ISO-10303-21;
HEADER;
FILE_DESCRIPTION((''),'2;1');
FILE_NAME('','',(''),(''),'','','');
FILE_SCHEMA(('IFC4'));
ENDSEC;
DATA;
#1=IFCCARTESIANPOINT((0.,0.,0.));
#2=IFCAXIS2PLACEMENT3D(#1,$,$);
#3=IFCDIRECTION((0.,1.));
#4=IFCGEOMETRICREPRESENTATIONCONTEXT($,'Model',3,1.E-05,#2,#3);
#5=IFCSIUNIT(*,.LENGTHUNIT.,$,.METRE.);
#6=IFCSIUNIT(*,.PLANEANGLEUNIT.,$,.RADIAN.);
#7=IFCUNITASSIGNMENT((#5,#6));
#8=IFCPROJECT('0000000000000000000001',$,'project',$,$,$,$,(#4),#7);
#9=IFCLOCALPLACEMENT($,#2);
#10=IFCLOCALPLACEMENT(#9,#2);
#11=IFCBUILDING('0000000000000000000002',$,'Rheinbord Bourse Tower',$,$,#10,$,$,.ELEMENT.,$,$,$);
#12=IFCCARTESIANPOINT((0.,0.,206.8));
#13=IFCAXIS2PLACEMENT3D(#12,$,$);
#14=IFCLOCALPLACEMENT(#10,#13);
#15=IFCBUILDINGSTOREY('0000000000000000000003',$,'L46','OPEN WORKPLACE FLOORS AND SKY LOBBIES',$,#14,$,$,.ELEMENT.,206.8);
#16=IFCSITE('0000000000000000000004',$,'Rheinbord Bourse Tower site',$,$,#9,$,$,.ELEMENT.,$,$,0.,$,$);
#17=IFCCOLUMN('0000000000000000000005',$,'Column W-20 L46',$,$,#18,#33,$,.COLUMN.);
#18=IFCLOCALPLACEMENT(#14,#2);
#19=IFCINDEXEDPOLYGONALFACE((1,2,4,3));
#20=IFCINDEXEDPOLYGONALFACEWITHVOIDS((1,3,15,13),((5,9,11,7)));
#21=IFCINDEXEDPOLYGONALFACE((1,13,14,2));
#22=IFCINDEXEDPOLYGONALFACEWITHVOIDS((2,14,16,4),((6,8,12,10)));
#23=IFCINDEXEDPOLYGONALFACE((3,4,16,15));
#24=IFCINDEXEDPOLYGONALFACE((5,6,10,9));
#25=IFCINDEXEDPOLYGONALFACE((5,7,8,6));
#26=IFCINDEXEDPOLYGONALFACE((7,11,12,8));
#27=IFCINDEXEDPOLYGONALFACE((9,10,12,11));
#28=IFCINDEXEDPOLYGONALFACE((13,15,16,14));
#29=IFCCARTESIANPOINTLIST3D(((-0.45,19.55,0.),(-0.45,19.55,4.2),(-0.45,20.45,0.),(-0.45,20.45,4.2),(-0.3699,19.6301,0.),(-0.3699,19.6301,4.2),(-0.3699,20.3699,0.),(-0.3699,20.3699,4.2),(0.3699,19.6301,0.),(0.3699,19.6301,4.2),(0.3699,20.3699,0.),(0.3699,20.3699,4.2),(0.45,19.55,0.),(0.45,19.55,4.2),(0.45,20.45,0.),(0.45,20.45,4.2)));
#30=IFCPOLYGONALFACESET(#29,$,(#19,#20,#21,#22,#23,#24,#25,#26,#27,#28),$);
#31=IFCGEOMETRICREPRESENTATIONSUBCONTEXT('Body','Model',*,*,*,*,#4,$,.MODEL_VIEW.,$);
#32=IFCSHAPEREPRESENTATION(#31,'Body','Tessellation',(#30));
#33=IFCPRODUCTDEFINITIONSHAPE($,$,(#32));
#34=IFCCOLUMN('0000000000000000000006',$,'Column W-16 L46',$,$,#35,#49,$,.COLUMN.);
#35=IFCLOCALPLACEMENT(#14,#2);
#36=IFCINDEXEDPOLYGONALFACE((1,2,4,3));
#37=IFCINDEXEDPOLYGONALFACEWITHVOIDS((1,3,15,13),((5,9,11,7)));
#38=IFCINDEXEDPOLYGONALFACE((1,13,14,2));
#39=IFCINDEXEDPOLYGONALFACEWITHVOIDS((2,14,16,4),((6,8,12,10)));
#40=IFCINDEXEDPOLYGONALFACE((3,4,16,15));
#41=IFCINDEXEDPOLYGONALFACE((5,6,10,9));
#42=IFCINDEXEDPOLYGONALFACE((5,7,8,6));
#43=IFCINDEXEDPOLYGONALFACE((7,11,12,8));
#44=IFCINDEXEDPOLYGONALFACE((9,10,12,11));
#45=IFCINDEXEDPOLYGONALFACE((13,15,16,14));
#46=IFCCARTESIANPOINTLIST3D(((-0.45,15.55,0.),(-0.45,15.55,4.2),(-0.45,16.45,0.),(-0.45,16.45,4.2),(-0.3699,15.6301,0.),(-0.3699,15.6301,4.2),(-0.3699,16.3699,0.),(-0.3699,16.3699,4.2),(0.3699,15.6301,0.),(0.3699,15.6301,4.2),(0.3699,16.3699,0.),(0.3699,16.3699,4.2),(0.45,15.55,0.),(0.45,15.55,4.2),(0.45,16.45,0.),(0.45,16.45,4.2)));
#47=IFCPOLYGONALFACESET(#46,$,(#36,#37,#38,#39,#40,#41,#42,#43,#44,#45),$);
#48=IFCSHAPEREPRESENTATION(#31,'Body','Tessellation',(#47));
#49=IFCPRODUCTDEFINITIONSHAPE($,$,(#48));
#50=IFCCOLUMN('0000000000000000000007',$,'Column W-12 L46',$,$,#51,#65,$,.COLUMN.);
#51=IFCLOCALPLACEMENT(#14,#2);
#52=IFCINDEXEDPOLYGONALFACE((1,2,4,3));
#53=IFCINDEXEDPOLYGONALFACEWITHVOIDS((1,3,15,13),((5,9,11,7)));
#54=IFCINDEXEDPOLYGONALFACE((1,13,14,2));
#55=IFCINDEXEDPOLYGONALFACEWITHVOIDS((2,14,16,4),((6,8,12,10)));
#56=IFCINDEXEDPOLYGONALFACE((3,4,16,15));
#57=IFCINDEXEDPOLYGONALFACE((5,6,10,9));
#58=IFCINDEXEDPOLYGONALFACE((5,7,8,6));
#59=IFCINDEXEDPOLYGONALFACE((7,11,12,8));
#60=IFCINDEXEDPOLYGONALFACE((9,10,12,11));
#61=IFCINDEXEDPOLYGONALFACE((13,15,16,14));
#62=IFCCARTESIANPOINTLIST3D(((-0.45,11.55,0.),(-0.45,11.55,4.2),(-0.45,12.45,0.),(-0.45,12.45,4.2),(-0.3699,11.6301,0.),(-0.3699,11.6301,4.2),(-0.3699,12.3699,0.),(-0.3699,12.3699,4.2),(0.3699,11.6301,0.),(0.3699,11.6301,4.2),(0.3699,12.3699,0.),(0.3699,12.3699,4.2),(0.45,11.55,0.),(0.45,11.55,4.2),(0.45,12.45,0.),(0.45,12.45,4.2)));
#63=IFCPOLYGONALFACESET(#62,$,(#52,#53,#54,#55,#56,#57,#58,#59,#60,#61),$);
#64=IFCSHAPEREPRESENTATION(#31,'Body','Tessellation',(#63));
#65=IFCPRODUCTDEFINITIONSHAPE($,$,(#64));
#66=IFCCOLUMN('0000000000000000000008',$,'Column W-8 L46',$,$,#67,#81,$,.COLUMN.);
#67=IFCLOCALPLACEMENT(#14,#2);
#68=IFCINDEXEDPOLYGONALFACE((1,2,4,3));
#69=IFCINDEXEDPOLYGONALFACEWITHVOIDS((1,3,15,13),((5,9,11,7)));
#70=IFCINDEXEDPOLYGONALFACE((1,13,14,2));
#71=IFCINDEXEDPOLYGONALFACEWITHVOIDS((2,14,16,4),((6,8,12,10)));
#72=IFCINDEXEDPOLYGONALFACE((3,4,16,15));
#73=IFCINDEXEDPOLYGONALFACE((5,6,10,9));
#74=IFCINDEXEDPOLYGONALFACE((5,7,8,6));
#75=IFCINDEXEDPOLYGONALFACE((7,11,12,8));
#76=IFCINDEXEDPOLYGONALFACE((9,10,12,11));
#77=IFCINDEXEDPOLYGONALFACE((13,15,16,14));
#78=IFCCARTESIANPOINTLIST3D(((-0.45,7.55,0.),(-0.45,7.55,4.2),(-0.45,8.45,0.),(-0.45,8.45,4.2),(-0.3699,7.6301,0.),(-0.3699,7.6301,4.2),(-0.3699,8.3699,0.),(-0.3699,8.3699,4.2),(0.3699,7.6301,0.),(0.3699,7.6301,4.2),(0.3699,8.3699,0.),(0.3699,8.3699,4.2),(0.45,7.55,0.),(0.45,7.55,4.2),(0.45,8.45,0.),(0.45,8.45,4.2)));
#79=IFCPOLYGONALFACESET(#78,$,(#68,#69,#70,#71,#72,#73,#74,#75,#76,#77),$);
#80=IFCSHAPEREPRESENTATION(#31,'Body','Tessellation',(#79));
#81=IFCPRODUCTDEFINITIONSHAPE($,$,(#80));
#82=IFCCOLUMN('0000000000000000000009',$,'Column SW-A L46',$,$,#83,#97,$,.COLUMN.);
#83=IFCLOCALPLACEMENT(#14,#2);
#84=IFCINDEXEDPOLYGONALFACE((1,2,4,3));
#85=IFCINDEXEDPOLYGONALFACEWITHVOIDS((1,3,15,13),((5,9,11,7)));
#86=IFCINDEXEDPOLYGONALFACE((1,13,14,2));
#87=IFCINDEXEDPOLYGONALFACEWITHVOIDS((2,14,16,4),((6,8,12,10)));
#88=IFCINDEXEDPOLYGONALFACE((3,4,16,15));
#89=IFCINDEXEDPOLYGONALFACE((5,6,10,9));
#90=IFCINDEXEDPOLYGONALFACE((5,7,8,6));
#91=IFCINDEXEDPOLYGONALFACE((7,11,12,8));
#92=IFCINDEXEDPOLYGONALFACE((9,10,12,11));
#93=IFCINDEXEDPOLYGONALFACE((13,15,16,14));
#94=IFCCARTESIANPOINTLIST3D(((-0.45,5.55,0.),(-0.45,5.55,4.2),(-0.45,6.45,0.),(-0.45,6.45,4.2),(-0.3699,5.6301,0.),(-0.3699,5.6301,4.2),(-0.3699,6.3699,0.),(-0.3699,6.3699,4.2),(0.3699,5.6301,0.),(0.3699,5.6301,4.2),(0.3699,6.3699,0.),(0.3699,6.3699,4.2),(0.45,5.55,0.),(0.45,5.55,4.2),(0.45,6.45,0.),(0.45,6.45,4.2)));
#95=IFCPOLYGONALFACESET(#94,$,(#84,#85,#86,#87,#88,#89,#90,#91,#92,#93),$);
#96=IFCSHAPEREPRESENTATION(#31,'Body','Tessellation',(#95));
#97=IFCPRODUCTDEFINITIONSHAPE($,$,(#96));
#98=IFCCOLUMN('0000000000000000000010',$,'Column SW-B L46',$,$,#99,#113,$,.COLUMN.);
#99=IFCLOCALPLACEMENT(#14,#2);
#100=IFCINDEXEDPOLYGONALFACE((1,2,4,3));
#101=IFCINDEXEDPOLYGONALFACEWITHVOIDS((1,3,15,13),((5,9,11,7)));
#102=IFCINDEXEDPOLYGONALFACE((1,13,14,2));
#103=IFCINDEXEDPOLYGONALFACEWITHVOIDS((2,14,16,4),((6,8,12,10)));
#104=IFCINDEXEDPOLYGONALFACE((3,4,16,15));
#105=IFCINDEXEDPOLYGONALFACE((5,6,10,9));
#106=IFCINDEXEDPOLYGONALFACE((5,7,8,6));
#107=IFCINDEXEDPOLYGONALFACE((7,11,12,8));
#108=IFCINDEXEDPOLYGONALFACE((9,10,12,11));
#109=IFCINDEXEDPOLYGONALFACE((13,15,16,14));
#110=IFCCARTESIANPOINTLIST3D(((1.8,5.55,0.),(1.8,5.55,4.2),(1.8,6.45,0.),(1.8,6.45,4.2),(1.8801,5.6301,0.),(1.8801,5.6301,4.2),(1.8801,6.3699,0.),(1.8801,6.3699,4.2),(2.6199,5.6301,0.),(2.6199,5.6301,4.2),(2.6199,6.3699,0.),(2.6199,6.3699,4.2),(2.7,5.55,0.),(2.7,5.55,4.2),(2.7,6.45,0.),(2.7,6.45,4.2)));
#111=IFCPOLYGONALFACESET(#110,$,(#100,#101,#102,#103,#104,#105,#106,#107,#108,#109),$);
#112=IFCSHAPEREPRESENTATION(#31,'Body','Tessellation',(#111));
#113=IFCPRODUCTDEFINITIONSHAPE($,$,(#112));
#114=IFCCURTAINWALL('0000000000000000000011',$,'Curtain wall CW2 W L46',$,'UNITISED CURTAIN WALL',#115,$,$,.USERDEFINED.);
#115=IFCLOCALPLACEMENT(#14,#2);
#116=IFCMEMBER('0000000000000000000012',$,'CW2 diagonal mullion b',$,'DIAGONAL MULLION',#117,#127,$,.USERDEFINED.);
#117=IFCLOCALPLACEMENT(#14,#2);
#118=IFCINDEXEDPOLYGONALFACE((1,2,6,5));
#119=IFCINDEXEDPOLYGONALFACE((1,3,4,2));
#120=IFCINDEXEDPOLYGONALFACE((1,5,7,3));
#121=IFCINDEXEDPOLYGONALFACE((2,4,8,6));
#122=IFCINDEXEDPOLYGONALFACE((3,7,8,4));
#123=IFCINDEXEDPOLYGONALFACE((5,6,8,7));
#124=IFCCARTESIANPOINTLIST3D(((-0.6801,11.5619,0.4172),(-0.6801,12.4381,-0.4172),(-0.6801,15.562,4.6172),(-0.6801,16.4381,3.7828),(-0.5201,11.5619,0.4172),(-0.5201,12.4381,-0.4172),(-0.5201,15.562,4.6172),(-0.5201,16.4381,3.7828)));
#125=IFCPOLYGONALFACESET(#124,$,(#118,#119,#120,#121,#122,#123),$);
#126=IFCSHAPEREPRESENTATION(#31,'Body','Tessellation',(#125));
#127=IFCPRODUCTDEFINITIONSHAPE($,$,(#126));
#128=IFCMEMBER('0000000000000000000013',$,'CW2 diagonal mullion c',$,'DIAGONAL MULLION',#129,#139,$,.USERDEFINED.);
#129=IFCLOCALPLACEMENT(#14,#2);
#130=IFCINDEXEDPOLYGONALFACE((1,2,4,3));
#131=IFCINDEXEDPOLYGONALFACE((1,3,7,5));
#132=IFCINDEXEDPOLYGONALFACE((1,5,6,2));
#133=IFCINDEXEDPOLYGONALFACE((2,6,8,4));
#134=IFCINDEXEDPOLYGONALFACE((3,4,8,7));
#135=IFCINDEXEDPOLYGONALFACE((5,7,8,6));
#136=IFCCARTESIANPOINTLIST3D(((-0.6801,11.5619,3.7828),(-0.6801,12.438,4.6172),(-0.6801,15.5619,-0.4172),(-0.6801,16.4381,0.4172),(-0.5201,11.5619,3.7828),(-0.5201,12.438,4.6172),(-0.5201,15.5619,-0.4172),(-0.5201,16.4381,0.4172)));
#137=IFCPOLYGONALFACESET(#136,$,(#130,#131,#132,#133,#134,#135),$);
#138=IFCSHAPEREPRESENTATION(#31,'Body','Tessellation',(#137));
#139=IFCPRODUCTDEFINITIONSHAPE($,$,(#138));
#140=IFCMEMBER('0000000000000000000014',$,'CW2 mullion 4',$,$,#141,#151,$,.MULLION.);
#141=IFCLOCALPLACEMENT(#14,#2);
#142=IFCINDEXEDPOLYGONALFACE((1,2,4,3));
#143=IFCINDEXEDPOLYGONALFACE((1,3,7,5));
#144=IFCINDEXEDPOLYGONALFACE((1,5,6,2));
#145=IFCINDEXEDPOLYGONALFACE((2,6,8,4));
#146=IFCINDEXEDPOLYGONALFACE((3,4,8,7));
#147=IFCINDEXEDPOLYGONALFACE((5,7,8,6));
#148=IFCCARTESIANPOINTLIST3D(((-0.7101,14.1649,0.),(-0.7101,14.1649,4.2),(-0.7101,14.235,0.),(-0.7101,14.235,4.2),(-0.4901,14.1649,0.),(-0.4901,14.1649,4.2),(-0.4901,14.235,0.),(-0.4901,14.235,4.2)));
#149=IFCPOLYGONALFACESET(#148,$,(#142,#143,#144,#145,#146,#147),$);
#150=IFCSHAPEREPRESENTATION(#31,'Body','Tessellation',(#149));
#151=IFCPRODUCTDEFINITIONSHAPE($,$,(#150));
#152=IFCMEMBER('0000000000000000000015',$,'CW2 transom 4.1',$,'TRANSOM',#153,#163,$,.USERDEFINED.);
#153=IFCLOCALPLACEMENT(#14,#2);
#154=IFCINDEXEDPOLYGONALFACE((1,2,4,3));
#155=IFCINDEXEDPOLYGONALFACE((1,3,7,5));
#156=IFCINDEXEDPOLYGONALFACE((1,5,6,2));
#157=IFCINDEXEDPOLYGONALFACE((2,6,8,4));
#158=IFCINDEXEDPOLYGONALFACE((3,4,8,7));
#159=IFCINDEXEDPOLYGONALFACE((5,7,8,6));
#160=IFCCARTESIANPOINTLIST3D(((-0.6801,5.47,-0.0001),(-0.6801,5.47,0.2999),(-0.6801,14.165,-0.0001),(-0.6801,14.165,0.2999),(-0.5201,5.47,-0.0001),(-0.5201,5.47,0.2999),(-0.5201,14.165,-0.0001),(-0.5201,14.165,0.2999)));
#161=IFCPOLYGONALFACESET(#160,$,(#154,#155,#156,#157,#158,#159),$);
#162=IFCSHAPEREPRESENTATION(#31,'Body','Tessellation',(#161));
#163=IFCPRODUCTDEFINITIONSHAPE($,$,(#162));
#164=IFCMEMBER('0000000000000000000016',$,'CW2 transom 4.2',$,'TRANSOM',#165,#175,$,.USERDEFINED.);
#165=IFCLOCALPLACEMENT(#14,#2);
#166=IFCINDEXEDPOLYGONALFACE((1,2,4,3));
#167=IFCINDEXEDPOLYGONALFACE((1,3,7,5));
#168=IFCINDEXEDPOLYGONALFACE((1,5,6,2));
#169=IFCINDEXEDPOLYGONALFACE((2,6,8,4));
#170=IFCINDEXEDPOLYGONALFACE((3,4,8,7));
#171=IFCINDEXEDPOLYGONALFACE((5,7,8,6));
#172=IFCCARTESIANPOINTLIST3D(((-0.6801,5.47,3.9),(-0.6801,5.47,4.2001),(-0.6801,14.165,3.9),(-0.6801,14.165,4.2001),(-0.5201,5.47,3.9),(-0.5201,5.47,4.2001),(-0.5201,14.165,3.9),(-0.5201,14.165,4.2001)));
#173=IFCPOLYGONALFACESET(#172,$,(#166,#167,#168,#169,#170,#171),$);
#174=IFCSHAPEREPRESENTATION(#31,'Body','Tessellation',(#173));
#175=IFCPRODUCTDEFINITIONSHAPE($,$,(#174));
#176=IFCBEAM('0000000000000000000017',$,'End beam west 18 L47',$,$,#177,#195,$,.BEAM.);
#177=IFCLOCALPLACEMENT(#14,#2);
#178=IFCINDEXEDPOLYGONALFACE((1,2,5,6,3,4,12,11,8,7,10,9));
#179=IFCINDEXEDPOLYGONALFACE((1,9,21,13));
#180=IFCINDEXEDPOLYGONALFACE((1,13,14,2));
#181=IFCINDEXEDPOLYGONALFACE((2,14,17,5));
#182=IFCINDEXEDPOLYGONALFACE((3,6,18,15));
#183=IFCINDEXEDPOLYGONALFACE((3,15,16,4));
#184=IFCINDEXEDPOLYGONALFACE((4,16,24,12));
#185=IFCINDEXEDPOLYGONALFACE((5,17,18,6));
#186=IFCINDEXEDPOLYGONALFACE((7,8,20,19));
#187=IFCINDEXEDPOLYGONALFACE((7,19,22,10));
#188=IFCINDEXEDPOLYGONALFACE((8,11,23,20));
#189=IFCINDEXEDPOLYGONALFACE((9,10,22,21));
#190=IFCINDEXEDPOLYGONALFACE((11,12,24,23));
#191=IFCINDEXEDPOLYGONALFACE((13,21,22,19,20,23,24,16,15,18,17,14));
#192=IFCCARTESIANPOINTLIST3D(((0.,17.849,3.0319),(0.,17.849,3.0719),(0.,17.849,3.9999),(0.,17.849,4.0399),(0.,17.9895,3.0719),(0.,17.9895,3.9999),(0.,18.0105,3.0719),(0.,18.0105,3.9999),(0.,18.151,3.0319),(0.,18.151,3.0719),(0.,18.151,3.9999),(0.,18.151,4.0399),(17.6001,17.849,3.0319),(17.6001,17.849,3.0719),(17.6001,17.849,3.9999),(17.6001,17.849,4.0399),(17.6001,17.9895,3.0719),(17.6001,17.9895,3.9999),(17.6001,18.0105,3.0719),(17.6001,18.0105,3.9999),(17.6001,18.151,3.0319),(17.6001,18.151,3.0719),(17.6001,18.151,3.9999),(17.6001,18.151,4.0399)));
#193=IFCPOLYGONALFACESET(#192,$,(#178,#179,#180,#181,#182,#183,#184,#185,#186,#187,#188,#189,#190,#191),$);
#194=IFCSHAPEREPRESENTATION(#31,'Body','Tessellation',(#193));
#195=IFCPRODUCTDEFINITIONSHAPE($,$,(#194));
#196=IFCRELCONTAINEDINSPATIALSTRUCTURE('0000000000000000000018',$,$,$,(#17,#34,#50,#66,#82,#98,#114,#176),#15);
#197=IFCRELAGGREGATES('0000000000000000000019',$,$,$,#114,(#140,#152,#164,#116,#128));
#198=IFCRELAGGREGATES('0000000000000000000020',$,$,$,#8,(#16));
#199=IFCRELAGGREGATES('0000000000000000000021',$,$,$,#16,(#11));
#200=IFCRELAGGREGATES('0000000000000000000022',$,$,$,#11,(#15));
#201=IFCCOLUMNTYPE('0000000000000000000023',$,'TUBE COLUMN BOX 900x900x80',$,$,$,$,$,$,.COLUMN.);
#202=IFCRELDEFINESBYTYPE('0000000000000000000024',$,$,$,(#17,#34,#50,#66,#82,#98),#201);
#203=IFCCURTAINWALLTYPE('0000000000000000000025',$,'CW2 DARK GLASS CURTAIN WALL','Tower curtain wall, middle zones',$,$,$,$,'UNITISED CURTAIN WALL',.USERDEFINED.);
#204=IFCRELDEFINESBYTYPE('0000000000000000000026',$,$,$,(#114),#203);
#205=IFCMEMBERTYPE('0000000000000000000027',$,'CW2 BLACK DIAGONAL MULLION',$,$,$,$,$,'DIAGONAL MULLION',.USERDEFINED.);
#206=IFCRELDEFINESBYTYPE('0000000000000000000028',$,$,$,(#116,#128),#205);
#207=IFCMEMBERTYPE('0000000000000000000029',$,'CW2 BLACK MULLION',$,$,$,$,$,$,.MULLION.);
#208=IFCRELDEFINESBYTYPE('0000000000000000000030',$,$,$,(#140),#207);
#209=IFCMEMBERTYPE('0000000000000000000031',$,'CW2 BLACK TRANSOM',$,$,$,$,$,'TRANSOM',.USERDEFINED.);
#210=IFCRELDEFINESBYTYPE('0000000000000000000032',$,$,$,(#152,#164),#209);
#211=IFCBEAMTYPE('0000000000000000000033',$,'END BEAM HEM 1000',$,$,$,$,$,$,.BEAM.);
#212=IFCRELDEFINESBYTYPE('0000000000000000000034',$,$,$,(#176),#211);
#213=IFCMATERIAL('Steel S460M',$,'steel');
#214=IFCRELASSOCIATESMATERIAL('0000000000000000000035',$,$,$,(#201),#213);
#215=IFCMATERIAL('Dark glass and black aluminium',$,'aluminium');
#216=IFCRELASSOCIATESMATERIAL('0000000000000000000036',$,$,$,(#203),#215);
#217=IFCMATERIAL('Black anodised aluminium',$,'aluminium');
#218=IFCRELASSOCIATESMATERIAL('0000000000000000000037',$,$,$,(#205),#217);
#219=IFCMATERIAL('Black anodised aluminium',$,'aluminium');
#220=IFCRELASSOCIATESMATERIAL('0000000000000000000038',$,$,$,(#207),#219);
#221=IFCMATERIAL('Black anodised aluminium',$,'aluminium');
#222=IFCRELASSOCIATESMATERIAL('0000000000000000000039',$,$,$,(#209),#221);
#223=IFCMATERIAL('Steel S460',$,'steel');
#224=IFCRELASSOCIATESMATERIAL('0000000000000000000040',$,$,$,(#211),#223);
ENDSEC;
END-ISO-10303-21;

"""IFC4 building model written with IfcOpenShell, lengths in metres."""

from ifc_helpers import new_model, si_unit, direction, frame, origin, origin_2d, place, context, subcontext, project, spatial, rectangle, hollow_rectangle, i_section, extrude, material, material_profile, profile_set, type_object, element, aggregate, save


model = new_model("IFC4")

# Units and contexts
model_context = context("Model", 3, precision=1e-05, world=origin(), true_north=direction((0.0, 1.0)))
body_context = subcontext(model_context, "Body", "Model", "MODEL_VIEW")
ifc_project = project(units=[si_unit("LENGTHUNIT", "METRE"), si_unit("PLANEANGLEUNIT", "RADIAN")], contexts=[model_context])

# Site, building, storey
site_placement = place(None, origin())
site = spatial("IfcSite", under=ifc_project, at=site_placement, Name="Rheinbord Bourse Tower site", CompositionType="ELEMENT", RefElevation=0.0)
building_placement = place(site_placement, origin())
building = spatial("IfcBuilding", under=site, at=building_placement, Name="Rheinbord Bourse Tower", CompositionType="ELEMENT")
storey_placement = place(building_placement, frame((0.0, 0.0, 206.8)))
storey = spatial("IfcBuildingStorey", under=building, at=storey_placement, Name="L46", Description="OPEN WORKPLACE FLOORS AND SKY LOBBIES", CompositionType="ELEMENT", Elevation=206.8)

# Columns
ifc_material_1 = material(Name="Steel S460M", Category="steel")
ifc_material_profile_1 = material_profile(ifc_material_1, hollow_rectangle(XDim=0.8999, YDim=0.8999, WallThickness=0.0801, at=origin_2d()), Name="BOX 900x900x80")
ifc_profile_set_1 = profile_set([ifc_material_profile_1], Name="Steel S460M")
column_type = type_object("IfcColumnType", Name="TUBE COLUMN BOX 900x900x80", PredefinedType="COLUMN", material=ifc_profile_set_1)
for number, where, z_axis, x_axis, name in (
    (1, (0.0, 20.0, 0.0), (0.0, 0.0, 1.0), (1.0, 0.0, 0.0), "Column W-20 L46"),
    (2, (0.0, 16.0, 0.0), (0.0, 0.0, 1.0), (1.0, 0.0, 0.0), "Column W-16 L46"),
    (3, (0.0, 12.0, 0.0), (0.0, 0.0, 1.0), (1.0, 0.0, 0.0), "Column W-12 L46"),
    (4, (0.0, 8.0, 0.0), (0.0, 0.0, 1.0), (1.0, 0.0, 0.0), "Column W-8 L46"),
    (5, (0.0, 6.0, 0.0), (0.0, 0.0, 1.0), (1.0, 0.0, 0.0), "Column SW-A L46"),
    (6, (2.25, 6.0, 0.0), (0.0, 0.0, 1.0), (1.0, 0.0, 0.0), "Column SW-B L46"),
):
    element("IfcColumn", number, at=place(storey_placement, frame(where, z_axis=z_axis, x_axis=x_axis)), inside=storey, type_object=column_type, Name=name, PredefinedType="COLUMN", context=body_context, shape_type="SweptSolid", body=[
        extrude(hollow_rectangle(XDim=0.8999, YDim=0.8999, WallThickness=0.0801, at=origin_2d()), origin(), (0.0, 0.0, 1.0), 4.2),
    ])

# Curtain wall, members
ifc_material_2 = material(Name="Dark glass and black aluminium", Category="aluminium")
curtain_wall_type = type_object("IfcCurtainWallType", Name="CW2 DARK GLASS CURTAIN WALL", Description="Tower curtain wall, middle zones", ElementType="UNITISED CURTAIN WALL", PredefinedType="USERDEFINED", material=ifc_material_2)
curtain_wall_placement = place(storey_placement, origin())
curtain_wall = element("IfcCurtainWall", 7, at=curtain_wall_placement, inside=storey, type_object=curtain_wall_type, Name="Curtain wall CW2 W L46", ObjectType="UNITISED CURTAIN WALL", PredefinedType="USERDEFINED")
ifc_material_3 = material(Name="Black anodised aluminium", Category="aluminium")
ifc_material_profile_2 = material_profile(ifc_material_3, rectangle(XDim=0.1599, YDim=1.21, at=origin_2d()), Name="CW2 DIAGONAL MULLION 1210x160")
ifc_profile_set_2 = profile_set([ifc_material_profile_2], Name="Black anodised aluminium")
member_type_1 = type_object("IfcMemberType", Name="CW2 BLACK DIAGONAL MULLION", ElementType="DIAGONAL MULLION", PredefinedType="USERDEFINED", material=ifc_profile_set_2)
member_1_placement = place(storey_placement, frame((-0.6001, 12.0, 0.0), z_axis=(0.0, 0.689659, 0.724134), x_axis=(-1.0, 0.0, 0.0)))
member_1 = element("IfcMember", 8, at=member_1_placement, type_object=member_type_1, Name="CW2 diagonal mullion b", ObjectType="DIAGONAL MULLION", PredefinedType="USERDEFINED", context=body_context, shape_type="SweptSolid", body=[
    extrude(rectangle(XDim=0.1599, YDim=1.21, at=origin_2d()), origin(), (0.0, 0.0, 1.0), 5.8),
])
member_2_placement = place(storey_placement, frame((-0.6001, 16.0, 0.0), z_axis=(0.0, -0.689659, 0.724134), x_axis=(1.0, 0.0, 0.0)))
member_2 = element("IfcMember", 9, at=member_2_placement, type_object=member_type_1, Name="CW2 diagonal mullion c", ObjectType="DIAGONAL MULLION", PredefinedType="USERDEFINED", context=body_context, shape_type="SweptSolid", body=[
    extrude(rectangle(XDim=0.1599, YDim=1.21, at=origin_2d()), origin(), (0.0, 0.0, 1.0), 5.8),
])
ifc_material_4 = material(Name="Black anodised aluminium", Category="aluminium")
ifc_material_profile_3 = material_profile(ifc_material_4, rectangle(XDim=0.22, YDim=0.0701, at=origin_2d()), Name="CW2 MULLION 70x220")
ifc_profile_set_3 = profile_set([ifc_material_profile_3], Name="Black anodised aluminium")
member_type_2 = type_object("IfcMemberType", Name="CW2 BLACK MULLION", PredefinedType="MULLION", material=ifc_profile_set_3)
member_3_placement = place(storey_placement, frame((-0.6001, 14.2, 0.0), z_axis=(0.0, 0.0, 1.0), x_axis=(1.0, 0.0, 0.0)))
member_3 = element("IfcMember", 10, at=member_3_placement, type_object=member_type_2, Name="CW2 mullion 4", PredefinedType="MULLION", context=body_context, shape_type="SweptSolid", body=[
    extrude(rectangle(XDim=0.22, YDim=0.0701, at=origin_2d()), origin(), (0.0, 0.0, 1.0), 4.2),
])
ifc_material_5 = material(Name="Black anodised aluminium", Category="aluminium")
ifc_material_profile_4 = material_profile(ifc_material_5, rectangle(XDim=0.1599, YDim=0.3, at=origin_2d()), Name="CW2 TRANSOM 300x160")
ifc_profile_set_4 = profile_set([ifc_material_profile_4], Name="Black anodised aluminium")
member_type_3 = type_object("IfcMemberType", Name="CW2 BLACK TRANSOM", ElementType="TRANSOM", PredefinedType="USERDEFINED", material=ifc_profile_set_4)
member_4_placement = place(storey_placement, frame((-0.6001, 14.165, 0.1499), z_axis=(0.0, -1.0, 0.0), x_axis=(1.0, 0.0, 0.0)))
member_4 = element("IfcMember", 11, at=member_4_placement, type_object=member_type_3, Name="CW2 transom 4.1", ObjectType="TRANSOM", PredefinedType="USERDEFINED", context=body_context, shape_type="SweptSolid", body=[
    extrude(rectangle(XDim=0.1599, YDim=0.3, at=origin_2d()), origin(), (0.0, 0.0, 1.0), 8.6951),
])
member_5_placement = place(storey_placement, frame((-0.6001, 14.165, 4.05), z_axis=(0.0, -1.0, 0.0), x_axis=(1.0, 0.0, 0.0)))
member_5 = element("IfcMember", 12, at=member_5_placement, type_object=member_type_3, Name="CW2 transom 4.2", ObjectType="TRANSOM", PredefinedType="USERDEFINED", context=body_context, shape_type="SweptSolid", body=[
    extrude(rectangle(XDim=0.1599, YDim=0.3, at=origin_2d()), origin(), (0.0, 0.0, 1.0), 8.6951),
])

# Beam
ifc_material_6 = material(Name="Steel S460", Category="steel")
ifc_material_profile_5 = material_profile(ifc_material_6, i_section(OverallWidth=0.302, OverallDepth=1.0081, WebThickness=0.021, FlangeThickness=0.04, at=origin_2d()), Name="HEM 1000")
ifc_profile_set_5 = profile_set([ifc_material_profile_5], Name="Steel S460")
beam_type_1 = type_object("IfcBeamType", Name="END BEAM HEM 1000", PredefinedType="BEAM", material=ifc_profile_set_5)
for number, where, z_axis, x_axis, name in (
    (13, (0.0, 18.0, 3.5359), (1.0, 0.0, 0.0), (0.0, 1.0, 0.0), "End beam west 18 L47"),
):
    element("IfcBeam", number, at=place(storey_placement, frame(where, z_axis=z_axis, x_axis=x_axis)), inside=storey, type_object=beam_type_1, Name=name, PredefinedType="BEAM", context=body_context, shape_type="SweptSolid", body=[
        extrude(i_section(OverallWidth=0.302, OverallDepth=1.0081, WebThickness=0.021, FlangeThickness=0.04, at=origin_2d()), origin(), (0.0, 0.0, 1.0), 17.6001),
    ])

aggregate(curtain_wall, [member_3, member_4, member_5, member_1, member_2])

save(model, "model.ifc")
